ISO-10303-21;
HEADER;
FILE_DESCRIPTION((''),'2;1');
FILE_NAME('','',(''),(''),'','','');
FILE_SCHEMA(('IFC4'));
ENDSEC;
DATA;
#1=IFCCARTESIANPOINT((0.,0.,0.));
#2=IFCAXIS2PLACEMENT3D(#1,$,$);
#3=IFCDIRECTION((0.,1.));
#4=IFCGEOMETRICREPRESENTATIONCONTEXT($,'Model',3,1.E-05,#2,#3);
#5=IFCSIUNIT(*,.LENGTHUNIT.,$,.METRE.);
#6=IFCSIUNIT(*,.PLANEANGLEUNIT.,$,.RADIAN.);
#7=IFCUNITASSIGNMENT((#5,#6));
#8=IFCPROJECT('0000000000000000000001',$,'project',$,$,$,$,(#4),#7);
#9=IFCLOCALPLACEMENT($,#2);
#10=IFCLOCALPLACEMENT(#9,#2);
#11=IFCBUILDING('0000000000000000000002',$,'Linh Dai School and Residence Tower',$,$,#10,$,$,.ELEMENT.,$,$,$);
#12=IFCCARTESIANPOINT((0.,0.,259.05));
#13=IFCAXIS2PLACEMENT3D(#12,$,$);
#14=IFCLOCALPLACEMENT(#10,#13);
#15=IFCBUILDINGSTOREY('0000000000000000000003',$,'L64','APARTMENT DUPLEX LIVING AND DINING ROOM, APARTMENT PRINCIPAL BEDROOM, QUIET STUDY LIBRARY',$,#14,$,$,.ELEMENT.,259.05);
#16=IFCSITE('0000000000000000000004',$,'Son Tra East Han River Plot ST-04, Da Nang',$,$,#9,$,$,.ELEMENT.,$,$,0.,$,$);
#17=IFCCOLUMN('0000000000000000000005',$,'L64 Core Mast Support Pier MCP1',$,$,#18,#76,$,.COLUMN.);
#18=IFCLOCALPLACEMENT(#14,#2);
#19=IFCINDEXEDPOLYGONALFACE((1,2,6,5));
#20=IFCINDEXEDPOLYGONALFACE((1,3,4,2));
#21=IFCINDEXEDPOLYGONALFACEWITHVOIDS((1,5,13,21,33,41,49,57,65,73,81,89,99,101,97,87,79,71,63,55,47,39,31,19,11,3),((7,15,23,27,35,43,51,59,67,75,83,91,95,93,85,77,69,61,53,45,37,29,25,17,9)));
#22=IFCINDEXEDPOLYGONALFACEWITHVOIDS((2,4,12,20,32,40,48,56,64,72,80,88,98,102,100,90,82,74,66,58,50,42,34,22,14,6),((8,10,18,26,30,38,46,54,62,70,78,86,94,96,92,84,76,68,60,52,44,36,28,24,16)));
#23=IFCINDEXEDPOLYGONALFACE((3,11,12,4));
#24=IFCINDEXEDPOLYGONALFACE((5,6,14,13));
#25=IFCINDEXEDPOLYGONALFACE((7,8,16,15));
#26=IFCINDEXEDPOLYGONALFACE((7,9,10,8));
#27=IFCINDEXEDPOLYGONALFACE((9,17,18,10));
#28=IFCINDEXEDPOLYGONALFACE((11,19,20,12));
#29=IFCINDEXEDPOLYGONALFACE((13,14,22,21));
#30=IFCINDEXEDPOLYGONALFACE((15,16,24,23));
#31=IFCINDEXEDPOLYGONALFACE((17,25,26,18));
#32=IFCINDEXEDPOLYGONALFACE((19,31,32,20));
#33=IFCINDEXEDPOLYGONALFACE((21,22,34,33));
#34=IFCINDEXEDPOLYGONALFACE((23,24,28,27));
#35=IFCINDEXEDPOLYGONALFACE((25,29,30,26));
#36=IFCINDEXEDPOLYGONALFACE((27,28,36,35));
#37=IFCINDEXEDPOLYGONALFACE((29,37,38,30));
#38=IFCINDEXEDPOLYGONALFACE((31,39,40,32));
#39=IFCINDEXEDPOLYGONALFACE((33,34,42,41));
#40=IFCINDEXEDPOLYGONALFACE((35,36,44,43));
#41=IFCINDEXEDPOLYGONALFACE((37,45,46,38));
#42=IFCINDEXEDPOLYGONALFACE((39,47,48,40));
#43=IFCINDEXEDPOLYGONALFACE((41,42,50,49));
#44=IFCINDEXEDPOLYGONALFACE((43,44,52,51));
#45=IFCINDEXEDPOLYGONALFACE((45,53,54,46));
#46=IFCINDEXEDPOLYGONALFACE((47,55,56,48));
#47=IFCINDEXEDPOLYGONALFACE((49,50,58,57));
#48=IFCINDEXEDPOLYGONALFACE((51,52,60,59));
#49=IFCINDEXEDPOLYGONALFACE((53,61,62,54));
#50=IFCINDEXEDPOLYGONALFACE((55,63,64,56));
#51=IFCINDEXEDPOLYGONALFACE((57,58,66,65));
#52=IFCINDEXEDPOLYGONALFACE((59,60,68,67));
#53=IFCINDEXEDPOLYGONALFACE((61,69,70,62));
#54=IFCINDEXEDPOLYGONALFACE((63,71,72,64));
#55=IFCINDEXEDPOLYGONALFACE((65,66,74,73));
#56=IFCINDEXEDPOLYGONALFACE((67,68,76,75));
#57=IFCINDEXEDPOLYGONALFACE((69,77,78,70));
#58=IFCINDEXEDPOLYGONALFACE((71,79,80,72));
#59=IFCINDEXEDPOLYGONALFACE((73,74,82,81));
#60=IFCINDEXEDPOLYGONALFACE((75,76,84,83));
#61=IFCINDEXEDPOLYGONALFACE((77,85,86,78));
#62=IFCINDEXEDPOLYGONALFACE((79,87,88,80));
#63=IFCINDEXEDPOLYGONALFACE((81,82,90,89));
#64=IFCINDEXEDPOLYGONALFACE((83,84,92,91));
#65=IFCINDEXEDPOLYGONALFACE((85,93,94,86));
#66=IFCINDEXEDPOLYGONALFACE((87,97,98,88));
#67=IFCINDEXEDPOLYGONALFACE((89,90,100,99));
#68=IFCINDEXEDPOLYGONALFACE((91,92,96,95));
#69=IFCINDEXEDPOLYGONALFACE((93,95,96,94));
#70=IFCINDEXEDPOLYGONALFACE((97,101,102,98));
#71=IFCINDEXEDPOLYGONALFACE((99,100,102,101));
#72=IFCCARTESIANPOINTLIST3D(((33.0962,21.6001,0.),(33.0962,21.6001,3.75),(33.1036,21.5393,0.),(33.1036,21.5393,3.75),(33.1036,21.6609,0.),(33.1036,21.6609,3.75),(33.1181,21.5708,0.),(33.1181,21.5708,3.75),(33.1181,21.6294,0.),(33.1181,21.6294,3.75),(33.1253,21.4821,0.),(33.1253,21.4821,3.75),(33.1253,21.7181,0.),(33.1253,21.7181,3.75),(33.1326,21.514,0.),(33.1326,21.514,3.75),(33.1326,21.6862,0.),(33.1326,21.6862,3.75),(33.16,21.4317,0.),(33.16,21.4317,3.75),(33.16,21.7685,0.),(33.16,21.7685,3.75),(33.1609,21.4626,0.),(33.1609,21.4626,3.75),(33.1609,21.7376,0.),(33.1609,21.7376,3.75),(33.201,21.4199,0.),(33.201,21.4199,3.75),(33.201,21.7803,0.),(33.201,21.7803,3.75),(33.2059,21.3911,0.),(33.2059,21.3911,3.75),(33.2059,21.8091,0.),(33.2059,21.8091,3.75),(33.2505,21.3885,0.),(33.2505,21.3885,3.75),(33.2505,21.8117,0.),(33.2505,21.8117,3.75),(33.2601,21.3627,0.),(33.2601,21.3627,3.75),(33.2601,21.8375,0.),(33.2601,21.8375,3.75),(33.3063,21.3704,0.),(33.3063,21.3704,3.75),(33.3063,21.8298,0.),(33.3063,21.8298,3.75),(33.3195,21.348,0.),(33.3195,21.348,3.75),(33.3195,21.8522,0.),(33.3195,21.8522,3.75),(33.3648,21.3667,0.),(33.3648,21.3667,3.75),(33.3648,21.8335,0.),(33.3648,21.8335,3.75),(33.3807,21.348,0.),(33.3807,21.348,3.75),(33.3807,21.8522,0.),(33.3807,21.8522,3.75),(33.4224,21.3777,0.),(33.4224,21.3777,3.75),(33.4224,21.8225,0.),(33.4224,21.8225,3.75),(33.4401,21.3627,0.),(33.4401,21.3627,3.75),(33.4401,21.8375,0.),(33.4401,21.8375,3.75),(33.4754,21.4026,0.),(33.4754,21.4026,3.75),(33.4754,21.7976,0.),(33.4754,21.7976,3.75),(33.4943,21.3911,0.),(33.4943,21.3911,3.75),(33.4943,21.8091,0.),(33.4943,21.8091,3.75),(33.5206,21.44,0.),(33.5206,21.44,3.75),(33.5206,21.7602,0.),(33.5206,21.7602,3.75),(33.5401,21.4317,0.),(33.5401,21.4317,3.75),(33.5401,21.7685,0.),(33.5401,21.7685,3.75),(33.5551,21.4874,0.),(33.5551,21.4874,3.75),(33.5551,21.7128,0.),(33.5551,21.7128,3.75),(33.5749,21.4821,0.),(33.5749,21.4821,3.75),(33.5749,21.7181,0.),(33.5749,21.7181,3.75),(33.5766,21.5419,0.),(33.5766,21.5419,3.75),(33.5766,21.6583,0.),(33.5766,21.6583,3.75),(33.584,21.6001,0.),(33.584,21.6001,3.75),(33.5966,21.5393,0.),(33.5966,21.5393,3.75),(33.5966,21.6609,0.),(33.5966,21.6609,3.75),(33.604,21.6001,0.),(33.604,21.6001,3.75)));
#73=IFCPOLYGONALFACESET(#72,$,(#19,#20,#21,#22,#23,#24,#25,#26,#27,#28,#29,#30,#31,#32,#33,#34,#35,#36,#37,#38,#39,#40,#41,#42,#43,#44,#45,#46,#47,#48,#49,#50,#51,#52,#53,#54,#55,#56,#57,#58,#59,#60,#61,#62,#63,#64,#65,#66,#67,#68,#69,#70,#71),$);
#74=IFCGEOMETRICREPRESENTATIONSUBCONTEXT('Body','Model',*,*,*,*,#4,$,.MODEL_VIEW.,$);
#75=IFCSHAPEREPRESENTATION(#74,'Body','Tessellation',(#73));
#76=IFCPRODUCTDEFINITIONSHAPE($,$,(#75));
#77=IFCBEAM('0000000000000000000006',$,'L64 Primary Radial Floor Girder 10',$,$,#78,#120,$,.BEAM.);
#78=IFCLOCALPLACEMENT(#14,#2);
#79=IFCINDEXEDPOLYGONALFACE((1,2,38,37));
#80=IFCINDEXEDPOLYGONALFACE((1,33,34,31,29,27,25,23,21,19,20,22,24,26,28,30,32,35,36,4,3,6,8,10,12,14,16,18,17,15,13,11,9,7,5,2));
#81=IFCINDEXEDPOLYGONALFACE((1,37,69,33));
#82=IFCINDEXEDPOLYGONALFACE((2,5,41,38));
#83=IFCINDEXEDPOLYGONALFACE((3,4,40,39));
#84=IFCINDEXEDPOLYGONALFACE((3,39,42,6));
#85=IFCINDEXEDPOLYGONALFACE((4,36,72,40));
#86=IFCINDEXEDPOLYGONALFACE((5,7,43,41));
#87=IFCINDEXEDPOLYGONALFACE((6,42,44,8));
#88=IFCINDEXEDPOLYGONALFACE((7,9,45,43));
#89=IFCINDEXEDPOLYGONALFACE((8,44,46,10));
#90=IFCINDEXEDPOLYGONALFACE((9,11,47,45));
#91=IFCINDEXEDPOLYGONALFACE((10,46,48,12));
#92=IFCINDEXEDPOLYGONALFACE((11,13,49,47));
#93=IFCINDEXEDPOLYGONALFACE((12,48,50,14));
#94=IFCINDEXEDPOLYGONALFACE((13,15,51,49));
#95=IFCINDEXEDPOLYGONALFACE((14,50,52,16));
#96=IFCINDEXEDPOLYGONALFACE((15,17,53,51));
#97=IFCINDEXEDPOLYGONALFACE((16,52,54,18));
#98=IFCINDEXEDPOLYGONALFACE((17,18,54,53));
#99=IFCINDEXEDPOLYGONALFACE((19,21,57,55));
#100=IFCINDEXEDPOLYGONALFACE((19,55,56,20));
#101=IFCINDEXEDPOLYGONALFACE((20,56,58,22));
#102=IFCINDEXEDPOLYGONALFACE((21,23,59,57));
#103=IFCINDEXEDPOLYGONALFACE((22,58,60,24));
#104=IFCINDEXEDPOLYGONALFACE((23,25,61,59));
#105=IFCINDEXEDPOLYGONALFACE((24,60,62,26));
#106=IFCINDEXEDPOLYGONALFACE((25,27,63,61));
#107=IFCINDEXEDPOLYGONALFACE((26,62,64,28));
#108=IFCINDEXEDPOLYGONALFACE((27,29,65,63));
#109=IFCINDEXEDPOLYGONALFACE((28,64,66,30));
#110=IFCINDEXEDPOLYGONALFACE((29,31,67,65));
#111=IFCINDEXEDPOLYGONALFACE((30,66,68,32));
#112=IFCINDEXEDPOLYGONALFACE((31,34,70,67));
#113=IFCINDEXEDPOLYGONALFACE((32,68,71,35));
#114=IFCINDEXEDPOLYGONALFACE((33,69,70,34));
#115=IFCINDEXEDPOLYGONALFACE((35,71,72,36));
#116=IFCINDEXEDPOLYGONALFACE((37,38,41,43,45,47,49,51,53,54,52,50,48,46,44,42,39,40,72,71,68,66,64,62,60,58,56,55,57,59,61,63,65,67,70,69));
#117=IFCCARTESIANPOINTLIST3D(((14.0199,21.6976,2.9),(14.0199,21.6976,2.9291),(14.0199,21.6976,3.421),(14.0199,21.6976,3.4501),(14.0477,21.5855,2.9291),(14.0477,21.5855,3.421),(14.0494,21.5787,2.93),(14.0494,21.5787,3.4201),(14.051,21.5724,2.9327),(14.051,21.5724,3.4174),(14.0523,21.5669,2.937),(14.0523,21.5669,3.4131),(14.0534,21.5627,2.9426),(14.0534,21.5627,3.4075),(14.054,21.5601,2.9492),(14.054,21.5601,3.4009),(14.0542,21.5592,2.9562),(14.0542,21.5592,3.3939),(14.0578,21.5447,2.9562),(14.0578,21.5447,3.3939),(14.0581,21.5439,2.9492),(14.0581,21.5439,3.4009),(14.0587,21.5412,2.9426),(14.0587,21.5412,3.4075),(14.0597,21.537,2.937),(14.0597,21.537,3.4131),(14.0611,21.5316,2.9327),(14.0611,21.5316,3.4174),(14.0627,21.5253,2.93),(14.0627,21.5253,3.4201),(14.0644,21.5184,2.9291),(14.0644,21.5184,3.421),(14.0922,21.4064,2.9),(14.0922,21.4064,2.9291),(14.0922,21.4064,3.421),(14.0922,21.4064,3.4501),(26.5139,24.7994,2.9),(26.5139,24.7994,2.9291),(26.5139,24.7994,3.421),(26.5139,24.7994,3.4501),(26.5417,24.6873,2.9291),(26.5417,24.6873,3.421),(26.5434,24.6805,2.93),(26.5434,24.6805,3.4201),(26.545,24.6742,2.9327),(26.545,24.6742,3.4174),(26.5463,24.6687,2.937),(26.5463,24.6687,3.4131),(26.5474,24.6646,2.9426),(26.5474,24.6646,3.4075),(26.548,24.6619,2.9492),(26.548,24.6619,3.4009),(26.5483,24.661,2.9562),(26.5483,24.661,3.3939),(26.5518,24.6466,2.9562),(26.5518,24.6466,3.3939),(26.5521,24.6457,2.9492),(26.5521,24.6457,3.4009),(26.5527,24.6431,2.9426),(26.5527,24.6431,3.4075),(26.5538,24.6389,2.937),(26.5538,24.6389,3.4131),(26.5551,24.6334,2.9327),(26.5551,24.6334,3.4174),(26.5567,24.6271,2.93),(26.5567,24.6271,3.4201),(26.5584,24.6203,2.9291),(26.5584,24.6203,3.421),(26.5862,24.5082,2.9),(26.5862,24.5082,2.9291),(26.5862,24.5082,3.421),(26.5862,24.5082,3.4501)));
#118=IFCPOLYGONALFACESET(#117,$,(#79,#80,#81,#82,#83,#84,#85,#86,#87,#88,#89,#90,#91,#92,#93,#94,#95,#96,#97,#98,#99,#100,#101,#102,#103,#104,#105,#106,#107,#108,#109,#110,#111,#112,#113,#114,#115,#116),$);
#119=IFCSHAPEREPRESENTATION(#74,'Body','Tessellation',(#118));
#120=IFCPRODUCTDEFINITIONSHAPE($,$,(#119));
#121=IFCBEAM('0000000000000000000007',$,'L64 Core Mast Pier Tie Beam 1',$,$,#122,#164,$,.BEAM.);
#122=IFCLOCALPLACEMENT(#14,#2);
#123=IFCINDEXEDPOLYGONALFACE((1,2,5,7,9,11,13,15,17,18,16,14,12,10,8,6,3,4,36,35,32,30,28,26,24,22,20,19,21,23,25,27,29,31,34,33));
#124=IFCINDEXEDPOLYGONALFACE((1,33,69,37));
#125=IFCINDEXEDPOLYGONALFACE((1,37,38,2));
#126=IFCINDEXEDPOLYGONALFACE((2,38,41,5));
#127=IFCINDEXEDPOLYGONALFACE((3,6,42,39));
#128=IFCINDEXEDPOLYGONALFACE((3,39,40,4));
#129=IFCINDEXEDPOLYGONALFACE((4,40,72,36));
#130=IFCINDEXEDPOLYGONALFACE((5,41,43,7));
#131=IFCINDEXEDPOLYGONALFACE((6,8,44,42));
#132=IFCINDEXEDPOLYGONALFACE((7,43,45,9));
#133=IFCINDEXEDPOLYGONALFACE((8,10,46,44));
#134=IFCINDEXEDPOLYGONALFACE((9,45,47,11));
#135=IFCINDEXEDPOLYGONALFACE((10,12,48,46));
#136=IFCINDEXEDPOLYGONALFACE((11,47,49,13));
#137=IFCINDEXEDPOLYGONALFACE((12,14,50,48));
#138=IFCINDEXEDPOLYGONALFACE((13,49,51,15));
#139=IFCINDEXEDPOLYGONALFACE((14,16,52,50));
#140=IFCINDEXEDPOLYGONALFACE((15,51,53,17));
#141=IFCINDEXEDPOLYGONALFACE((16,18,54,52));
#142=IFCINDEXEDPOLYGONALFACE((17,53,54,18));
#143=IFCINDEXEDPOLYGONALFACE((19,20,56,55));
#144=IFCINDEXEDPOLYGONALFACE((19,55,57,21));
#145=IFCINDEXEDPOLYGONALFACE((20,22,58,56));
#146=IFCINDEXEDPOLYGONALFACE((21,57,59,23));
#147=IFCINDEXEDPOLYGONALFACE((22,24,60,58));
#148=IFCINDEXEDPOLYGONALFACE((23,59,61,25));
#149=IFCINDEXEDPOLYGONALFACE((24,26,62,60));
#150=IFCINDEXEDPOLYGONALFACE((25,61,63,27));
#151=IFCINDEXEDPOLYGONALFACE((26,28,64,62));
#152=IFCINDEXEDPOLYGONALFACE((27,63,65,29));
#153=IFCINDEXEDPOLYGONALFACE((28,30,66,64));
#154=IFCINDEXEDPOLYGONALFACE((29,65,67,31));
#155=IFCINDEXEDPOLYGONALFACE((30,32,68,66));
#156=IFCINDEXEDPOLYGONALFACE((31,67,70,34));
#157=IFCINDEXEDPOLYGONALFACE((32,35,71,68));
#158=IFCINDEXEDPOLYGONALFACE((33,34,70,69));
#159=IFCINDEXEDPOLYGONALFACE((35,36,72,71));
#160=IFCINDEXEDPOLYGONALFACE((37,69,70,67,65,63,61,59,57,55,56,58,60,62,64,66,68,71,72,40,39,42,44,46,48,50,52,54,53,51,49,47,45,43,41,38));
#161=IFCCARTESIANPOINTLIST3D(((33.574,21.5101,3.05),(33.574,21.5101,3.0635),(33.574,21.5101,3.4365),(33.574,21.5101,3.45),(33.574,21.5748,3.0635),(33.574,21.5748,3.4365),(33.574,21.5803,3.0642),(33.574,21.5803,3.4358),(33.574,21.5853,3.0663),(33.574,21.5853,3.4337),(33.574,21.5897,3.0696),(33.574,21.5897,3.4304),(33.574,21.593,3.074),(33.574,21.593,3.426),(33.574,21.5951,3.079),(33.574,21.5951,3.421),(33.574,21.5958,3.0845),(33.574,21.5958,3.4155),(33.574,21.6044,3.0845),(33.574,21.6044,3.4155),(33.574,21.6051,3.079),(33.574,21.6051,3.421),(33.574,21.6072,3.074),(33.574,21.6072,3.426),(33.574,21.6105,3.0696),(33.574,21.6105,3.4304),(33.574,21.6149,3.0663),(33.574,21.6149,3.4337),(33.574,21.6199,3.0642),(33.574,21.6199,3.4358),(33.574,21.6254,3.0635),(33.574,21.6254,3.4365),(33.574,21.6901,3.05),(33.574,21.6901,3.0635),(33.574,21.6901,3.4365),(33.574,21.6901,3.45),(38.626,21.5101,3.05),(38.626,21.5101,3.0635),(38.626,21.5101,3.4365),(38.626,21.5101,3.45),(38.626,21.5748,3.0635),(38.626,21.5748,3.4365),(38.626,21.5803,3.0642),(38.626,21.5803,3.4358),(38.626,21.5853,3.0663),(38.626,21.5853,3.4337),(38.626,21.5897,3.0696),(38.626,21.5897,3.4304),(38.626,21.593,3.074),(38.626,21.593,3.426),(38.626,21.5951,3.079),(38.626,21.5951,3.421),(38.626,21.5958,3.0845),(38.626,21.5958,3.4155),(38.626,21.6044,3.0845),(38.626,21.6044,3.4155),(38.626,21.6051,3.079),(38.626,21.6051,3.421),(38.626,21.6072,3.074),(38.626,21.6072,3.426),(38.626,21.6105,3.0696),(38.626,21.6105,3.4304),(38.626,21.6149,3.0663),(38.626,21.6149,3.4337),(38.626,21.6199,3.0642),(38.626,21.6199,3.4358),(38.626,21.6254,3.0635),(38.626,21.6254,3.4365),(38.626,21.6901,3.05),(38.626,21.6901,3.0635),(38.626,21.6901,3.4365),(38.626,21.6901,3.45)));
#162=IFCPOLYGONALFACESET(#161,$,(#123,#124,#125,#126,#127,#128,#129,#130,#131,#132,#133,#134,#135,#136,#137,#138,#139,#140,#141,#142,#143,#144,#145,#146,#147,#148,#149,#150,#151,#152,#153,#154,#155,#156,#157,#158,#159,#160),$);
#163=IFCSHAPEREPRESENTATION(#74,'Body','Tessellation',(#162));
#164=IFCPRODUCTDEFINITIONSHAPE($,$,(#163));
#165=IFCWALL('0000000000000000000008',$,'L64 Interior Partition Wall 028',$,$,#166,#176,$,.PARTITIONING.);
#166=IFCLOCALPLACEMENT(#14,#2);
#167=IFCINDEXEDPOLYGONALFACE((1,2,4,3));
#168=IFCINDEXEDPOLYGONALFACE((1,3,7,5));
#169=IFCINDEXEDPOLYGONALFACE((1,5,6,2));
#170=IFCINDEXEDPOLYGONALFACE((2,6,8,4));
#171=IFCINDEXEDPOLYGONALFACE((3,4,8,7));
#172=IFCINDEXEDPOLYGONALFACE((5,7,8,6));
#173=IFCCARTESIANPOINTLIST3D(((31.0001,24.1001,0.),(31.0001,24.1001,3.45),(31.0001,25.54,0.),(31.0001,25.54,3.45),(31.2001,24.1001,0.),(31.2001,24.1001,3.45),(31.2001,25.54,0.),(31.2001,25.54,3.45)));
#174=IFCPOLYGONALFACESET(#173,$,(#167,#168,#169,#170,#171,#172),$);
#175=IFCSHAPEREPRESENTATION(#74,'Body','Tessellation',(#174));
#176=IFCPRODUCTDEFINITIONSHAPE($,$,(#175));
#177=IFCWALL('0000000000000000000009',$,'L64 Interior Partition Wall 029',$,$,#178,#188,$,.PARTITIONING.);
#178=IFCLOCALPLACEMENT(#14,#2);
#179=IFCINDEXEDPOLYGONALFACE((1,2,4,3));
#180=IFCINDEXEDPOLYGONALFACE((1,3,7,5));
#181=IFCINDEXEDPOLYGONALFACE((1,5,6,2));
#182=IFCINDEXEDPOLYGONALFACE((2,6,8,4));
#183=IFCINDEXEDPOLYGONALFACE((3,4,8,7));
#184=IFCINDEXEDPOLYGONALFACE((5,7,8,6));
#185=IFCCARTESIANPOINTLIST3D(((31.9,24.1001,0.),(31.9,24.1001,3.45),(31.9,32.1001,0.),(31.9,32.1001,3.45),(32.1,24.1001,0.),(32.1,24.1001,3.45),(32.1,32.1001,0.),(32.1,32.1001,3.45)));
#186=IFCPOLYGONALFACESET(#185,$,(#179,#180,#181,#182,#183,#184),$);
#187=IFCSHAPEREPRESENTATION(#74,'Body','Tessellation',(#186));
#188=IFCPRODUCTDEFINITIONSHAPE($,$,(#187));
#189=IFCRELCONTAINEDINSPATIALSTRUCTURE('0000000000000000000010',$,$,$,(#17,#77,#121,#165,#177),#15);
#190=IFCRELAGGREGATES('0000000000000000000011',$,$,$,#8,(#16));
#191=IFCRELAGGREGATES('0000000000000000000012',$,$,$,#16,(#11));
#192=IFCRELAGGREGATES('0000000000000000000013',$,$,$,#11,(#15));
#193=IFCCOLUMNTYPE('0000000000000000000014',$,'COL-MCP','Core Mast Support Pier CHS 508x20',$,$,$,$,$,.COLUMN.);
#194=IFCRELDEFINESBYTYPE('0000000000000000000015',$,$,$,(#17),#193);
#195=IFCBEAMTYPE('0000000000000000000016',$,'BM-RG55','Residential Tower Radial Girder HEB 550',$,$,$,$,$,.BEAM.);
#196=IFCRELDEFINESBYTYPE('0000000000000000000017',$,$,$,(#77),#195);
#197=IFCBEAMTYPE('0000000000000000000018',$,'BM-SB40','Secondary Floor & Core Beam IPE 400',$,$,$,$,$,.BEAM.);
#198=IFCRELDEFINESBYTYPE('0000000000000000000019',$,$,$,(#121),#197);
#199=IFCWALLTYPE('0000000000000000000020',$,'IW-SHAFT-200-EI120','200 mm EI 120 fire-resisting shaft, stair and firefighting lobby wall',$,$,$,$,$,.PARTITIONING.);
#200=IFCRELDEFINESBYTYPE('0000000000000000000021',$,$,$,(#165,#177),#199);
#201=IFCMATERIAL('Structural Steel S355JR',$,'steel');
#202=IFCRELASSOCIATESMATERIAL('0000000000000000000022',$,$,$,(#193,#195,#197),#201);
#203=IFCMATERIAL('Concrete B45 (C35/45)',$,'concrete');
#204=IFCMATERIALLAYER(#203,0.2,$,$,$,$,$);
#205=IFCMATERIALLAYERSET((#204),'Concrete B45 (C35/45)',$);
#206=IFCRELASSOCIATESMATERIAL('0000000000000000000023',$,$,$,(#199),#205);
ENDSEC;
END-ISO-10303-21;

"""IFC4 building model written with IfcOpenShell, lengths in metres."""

from ifc_helpers import new_model, si_unit, direction, frame, frame_2d, origin, origin_2d, place, context, subcontext, project, spatial, rectangle, hollow_circle, i_section, extrude, material, layer, layer_set, material_profile, profile_set, type_object, element, save


model = new_model("IFC4")

# Units and contexts
model_context = context("Model", 3, precision=1e-05, world=origin(), true_north=direction((0.0, 1.0)))
body_context = subcontext(model_context, "Body", "Model", "MODEL_VIEW")
ifc_project = project(units=[si_unit("LENGTHUNIT", "METRE"), si_unit("PLANEANGLEUNIT", "RADIAN")], contexts=[model_context])

# Site, building, storey
site_placement = place(None, origin())
site = spatial("IfcSite", under=ifc_project, at=site_placement, Name="Son Tra East Han River Plot ST-04, Da Nang", CompositionType="ELEMENT", RefElevation=0.0)
building_placement = place(site_placement, origin())
building = spatial("IfcBuilding", under=site, at=building_placement, Name="Linh Dai School and Residence Tower", CompositionType="ELEMENT")
storey_placement = place(building_placement, frame((0.0, 0.0, 259.05)))
storey = spatial("IfcBuildingStorey", under=building, at=storey_placement, Name="L64", Description="APARTMENT DUPLEX LIVING AND DINING ROOM, APARTMENT PRINCIPAL BEDROOM, QUIET STUDY LIBRARY", CompositionType="ELEMENT", Elevation=259.05)

# Column
ifc_material_1 = material(Name="Structural Steel S355JR", Category="steel")
ifc_material_profile_1 = material_profile(ifc_material_1, hollow_circle(Radius=0.2539, WallThickness=0.02, at=origin_2d()), Name="CHS 508x20")
ifc_profile_set_1 = profile_set([ifc_material_profile_1], Name="Structural Steel S355JR")
column_type_1 = type_object("IfcColumnType", Name="COL-MCP", Description="Core Mast Support Pier CHS 508x20", PredefinedType="COLUMN", material=ifc_profile_set_1)
column_placement = place(storey_placement, frame((33.3501, 21.6001, 0.0), z_axis=(0.0, 0.0, 1.0), x_axis=(1.0, 0.0, 0.0)))
element("IfcColumn", 1, at=column_placement, inside=storey, type_object=column_type_1, Name="L64 Core Mast Support Pier MCP1", PredefinedType="COLUMN", context=body_context, shape_type="SweptSolid", body=[
    extrude(hollow_circle(Radius=0.2539, WallThickness=0.02, at=origin_2d()), origin(), (0.0, 0.0, 1.0), 3.75),
])

# Beams
ifc_material_profile_2 = material_profile(ifc_material_1, i_section(OverallWidth=0.3, OverallDepth=0.55, WebThickness=0.0149, FlangeThickness=0.0291, FilletRadius=0.0271, at=origin_2d()), Name="HEB 550")
ifc_profile_set_2 = profile_set([ifc_material_profile_2], Name="Structural Steel S355JR")
beam_type_1 = type_object("IfcBeamType", Name="BM-RG55", Description="Residential Tower Radial Girder HEB 550", PredefinedType="BEAM", material=ifc_profile_set_2)
beam_1_placement = place(storey_placement, frame((26.55, 24.6538, 3.175), z_axis=(-0.970537, -0.240951, 0.0), x_axis=(0.240951, -0.970537, 0.0)))
element("IfcBeam", 2, at=beam_1_placement, inside=storey, type_object=beam_type_1, Name="L64 Primary Radial Floor Girder 10", PredefinedType="BEAM", context=body_context, shape_type="SweptSolid", body=[
    extrude(i_section(OverallWidth=0.3, OverallDepth=0.55, WebThickness=0.0149, FlangeThickness=0.0291, FilletRadius=0.0271, at=origin_2d()), origin(), (0.0, 0.0, 1.0), 12.8733),
])
ifc_material_profile_3 = material_profile(ifc_material_1, i_section(OverallWidth=0.1799, OverallDepth=0.3999, WebThickness=0.0085, FlangeThickness=0.0134, FilletRadius=0.021, at=origin_2d()), Name="IPE 400")
ifc_profile_set_3 = profile_set([ifc_material_profile_3], Name="Structural Steel S355JR")
beam_type_2 = type_object("IfcBeamType", Name="BM-SB40", Description="Secondary Floor & Core Beam IPE 400", PredefinedType="BEAM", material=ifc_profile_set_3)
beam_2_placement = place(storey_placement, frame((33.574, 21.6001, 3.25), z_axis=(1.0, 0.0, 0.0), x_axis=(0.0, 1.0, 0.0)))
element("IfcBeam", 3, at=beam_2_placement, inside=storey, type_object=beam_type_2, Name="L64 Core Mast Pier Tie Beam 1", PredefinedType="BEAM", context=body_context, shape_type="SweptSolid", body=[
    extrude(i_section(OverallWidth=0.1799, OverallDepth=0.3999, WebThickness=0.0085, FlangeThickness=0.0134, FilletRadius=0.021, at=origin_2d()), origin(), (0.0, 0.0, 1.0), 5.052),
])

# Shared definitions
ifc_material_2 = material(Name="Concrete B45 (C35/45)", Category="concrete")
ifc_layer_1 = layer(ifc_material_2, 0.2)
ifc_layer_set_1 = layer_set([ifc_layer_1], Name="Concrete B45 (C35/45)")
wall_type_1 = type_object("IfcWallType", Name="IW-SHAFT-200-EI120", Description="200 mm EI 120 fire-resisting shaft, stair and firefighting lobby wall", PredefinedType="PARTITIONING", material=ifc_layer_set_1)

# Walls
wall_1_placement = place(storey_placement, frame((31.1001, 24.1001, 0.0), z_axis=(0.0, 0.0, 1.0), x_axis=(0.0, 1.0, 0.0)))
element("IfcWall", 4, at=wall_1_placement, inside=storey, type_object=wall_type_1, Name="L64 Interior Partition Wall 028", PredefinedType="PARTITIONING", context=body_context, shape_type="SweptSolid", body=[
    extrude(rectangle(XDim=1.4399, YDim=0.2, at=frame_2d((0.72, 0.0))), origin(), (0.0, 0.0, 1.0), 3.45),
])
wall_2_placement = place(storey_placement, frame((32.0, 24.1001, 0.0), z_axis=(0.0, 0.0, 1.0), x_axis=(0.0, 1.0, 0.0)))
element("IfcWall", 5, at=wall_2_placement, inside=storey, type_object=wall_type_1, Name="L64 Interior Partition Wall 029", PredefinedType="PARTITIONING", context=body_context, shape_type="SweptSolid", body=[
    extrude(rectangle(XDim=8.0, YDim=0.2, at=frame_2d((4.0, 0.0))), origin(), (0.0, 0.0, 1.0), 3.45),
])

save(model, "model.ifc")
